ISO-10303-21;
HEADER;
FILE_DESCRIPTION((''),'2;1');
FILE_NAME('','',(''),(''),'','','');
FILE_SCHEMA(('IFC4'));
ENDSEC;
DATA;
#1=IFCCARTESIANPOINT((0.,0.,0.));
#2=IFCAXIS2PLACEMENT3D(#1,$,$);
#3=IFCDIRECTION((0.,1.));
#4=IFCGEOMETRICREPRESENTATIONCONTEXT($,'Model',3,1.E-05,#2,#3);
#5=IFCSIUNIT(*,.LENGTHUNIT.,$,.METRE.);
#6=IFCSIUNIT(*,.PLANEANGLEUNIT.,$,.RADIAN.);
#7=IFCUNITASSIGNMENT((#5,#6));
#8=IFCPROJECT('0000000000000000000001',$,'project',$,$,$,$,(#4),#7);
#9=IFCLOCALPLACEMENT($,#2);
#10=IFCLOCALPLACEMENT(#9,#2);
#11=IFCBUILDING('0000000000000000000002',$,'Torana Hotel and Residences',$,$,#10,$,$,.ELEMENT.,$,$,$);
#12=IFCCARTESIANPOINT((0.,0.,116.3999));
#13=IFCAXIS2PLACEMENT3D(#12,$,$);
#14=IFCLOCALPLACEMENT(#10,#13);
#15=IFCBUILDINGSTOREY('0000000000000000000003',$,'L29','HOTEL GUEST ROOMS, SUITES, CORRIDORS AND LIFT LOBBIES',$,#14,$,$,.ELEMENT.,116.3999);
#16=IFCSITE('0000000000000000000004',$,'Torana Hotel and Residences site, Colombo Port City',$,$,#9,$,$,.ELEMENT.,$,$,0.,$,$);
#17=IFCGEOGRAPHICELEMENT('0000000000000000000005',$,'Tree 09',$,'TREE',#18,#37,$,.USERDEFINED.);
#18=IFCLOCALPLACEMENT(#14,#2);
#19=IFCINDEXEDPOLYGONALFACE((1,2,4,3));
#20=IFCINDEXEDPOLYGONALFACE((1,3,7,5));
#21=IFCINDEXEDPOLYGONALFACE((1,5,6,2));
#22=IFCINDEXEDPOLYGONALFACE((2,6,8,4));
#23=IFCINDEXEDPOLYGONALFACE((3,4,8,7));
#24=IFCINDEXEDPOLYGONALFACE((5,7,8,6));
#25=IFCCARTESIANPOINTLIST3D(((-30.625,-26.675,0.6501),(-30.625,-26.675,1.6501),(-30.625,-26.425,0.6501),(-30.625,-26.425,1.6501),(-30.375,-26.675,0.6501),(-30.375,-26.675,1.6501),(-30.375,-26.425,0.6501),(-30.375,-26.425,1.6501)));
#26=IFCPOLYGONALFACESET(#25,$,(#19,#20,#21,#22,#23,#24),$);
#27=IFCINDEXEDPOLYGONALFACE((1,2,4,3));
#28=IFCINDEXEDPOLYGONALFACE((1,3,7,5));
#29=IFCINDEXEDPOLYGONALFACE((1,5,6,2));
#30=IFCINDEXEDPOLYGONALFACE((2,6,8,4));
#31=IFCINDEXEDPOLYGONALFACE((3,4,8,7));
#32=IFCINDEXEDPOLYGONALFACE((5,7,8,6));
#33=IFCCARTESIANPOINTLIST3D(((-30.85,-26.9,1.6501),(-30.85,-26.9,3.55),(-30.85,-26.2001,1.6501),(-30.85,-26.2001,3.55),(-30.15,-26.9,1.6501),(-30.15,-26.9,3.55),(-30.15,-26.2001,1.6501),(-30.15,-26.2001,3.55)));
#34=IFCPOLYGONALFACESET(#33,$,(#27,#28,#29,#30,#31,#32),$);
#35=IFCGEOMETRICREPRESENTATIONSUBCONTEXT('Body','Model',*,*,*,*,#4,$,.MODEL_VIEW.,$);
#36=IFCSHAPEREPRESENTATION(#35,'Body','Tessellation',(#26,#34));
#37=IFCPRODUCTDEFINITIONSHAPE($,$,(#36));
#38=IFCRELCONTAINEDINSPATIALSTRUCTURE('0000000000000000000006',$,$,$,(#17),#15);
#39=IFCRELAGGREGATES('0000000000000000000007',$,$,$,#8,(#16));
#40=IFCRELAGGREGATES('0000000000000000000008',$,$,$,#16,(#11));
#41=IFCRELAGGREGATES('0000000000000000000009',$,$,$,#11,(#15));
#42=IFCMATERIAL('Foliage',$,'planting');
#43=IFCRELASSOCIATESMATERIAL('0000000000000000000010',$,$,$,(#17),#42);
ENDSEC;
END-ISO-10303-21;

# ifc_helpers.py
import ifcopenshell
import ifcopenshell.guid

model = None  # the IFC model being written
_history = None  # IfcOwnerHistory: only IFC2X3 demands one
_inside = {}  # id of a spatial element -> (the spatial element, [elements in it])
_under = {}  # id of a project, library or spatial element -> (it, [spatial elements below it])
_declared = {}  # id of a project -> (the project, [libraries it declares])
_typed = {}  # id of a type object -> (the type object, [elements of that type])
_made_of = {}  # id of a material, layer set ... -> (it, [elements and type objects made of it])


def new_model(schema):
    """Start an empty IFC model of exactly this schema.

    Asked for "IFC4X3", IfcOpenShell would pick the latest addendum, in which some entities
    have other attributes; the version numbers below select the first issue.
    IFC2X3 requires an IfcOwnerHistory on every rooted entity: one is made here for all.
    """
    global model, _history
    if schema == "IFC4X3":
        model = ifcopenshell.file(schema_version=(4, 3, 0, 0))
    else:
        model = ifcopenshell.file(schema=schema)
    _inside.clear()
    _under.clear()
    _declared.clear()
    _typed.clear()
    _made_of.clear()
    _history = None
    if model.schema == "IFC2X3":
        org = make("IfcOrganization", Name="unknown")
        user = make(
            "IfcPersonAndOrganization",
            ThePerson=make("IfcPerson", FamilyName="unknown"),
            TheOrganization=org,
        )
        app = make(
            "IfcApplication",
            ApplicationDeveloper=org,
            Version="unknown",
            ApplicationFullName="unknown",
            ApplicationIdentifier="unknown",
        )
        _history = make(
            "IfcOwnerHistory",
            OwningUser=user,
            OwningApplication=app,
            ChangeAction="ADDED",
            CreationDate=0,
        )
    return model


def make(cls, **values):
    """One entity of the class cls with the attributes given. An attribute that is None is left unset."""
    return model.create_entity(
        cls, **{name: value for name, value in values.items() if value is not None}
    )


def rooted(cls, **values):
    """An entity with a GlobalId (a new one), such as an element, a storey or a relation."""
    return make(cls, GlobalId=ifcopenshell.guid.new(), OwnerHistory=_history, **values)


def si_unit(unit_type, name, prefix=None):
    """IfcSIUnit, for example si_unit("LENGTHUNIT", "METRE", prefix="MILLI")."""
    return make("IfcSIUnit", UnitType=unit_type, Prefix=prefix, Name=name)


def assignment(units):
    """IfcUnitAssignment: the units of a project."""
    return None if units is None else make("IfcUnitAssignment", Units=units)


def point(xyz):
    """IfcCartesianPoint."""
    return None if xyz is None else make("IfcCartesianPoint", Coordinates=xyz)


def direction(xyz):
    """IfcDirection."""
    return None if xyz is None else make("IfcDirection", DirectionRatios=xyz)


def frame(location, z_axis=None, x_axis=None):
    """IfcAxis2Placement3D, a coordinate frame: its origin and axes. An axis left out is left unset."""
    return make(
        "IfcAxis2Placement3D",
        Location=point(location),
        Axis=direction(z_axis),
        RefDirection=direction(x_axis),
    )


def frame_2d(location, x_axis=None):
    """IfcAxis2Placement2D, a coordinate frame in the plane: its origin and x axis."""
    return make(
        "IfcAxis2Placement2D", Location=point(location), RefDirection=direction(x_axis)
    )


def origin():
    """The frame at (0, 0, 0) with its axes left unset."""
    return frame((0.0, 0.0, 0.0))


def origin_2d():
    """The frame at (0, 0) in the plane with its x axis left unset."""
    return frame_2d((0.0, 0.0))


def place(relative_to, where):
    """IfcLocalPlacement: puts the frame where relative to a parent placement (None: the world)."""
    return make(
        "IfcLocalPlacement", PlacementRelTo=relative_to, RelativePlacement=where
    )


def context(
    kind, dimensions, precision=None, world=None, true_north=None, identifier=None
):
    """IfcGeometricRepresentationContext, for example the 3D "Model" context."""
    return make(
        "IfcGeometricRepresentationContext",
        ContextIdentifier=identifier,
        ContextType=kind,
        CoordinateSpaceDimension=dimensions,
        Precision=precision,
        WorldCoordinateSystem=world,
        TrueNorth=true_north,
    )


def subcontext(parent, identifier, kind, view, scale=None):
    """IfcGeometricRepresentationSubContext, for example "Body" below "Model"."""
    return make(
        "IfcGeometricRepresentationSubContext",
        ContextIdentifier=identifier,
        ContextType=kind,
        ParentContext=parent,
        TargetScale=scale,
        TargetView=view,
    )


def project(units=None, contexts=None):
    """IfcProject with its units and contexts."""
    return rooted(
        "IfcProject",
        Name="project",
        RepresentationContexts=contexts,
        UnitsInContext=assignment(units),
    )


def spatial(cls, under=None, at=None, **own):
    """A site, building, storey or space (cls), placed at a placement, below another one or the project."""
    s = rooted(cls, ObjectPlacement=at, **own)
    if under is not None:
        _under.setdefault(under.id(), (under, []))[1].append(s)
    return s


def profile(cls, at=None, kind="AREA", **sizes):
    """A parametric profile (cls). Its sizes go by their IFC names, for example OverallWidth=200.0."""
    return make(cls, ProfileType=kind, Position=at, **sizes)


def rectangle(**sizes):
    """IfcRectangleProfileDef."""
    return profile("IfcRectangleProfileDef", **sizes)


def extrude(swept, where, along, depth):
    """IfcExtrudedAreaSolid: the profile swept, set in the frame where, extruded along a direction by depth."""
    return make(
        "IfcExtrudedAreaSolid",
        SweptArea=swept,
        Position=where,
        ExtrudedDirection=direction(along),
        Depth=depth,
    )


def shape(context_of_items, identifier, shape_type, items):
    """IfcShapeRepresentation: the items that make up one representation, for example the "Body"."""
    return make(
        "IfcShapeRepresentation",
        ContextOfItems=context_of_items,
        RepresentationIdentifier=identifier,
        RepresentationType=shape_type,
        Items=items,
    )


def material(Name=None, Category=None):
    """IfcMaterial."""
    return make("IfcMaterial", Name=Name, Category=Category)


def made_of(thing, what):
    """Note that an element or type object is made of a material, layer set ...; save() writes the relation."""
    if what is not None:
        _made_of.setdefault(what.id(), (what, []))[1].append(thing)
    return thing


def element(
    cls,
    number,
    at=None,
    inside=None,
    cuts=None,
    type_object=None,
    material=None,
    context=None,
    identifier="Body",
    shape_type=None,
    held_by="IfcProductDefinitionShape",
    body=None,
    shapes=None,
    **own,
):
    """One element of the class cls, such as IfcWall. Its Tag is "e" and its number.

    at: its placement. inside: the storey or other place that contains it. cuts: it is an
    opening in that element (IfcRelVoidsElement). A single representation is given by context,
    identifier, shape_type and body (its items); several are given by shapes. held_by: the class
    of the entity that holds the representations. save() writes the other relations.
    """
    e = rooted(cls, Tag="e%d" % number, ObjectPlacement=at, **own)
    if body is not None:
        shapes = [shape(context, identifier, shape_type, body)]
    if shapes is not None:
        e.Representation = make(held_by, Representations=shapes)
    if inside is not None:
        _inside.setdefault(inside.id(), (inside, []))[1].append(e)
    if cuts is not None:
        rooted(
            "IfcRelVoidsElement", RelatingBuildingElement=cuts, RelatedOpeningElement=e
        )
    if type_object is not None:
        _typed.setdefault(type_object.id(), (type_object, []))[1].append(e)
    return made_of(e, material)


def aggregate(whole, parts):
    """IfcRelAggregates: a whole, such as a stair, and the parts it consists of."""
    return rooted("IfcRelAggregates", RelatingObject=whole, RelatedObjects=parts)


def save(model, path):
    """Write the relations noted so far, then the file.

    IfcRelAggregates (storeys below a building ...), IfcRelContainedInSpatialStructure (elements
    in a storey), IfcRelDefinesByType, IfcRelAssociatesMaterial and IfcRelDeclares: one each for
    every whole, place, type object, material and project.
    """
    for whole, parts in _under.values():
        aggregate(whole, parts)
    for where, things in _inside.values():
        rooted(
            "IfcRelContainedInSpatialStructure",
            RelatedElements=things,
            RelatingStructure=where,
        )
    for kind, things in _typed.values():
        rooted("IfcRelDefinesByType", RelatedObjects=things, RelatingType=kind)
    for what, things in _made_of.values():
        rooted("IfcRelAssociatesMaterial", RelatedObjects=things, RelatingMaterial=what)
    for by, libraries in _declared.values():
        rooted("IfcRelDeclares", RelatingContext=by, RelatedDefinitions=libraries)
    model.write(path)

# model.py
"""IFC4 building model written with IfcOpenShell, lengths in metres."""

from ifc_helpers import new_model, si_unit, direction, frame, origin, origin_2d, place, context, subcontext, project, spatial, rectangle, extrude, material, element, save


model = new_model("IFC4")

# Units and contexts
model_context = context("Model", 3, precision=1e-05, world=origin(), true_north=direction((0.0, 1.0)))
body_context = subcontext(model_context, "Body", "Model", "MODEL_VIEW")
ifc_project = project(units=[si_unit("LENGTHUNIT", "METRE"), si_unit("PLANEANGLEUNIT", "RADIAN")], contexts=[model_context])

# Site, building, storey
site_placement = place(None, origin())
site = spatial("IfcSite", under=ifc_project, at=site_placement, Name="Torana Hotel and Residences site, Colombo Port City", CompositionType="ELEMENT", RefElevation=0.0)
building_placement = place(site_placement, origin())
building = spatial("IfcBuilding", under=site, at=building_placement, Name="Torana Hotel and Residences", CompositionType="ELEMENT")
storey_placement = place(building_placement, frame((0.0, 0.0, 116.3999)))
storey = spatial("IfcBuildingStorey", under=building, at=storey_placement, Name="L29", Description="HOTEL GUEST ROOMS, SUITES, CORRIDORS AND LIFT LOBBIES", CompositionType="ELEMENT", Elevation=116.3999)

# Geographic element
ifc_material_1 = material(Name="Foliage", Category="planting")
geographic_element_placement = place(storey_placement, frame((-30.5, -26.55, 0.6501), z_axis=(0.0, 0.0, 1.0), x_axis=(1.0, 0.0, 0.0)))
element("IfcGeographicElement", 1, at=geographic_element_placement, inside=storey, material=ifc_material_1, Name="Tree 09", ObjectType="TREE", PredefinedType="USERDEFINED", context=body_context, shape_type="SweptSolid", body=[
    extrude(rectangle(XDim=0.25, YDim=0.25, at=origin_2d()), origin(), (0.0, 0.0, 1.0), 1.0),
    extrude(rectangle(XDim=0.7, YDim=0.7, at=origin_2d()), frame((0.0, 0.0, 1.0)), (0.0, 0.0, 1.0), 1.8999),
])

save(model, "model.ifc")
